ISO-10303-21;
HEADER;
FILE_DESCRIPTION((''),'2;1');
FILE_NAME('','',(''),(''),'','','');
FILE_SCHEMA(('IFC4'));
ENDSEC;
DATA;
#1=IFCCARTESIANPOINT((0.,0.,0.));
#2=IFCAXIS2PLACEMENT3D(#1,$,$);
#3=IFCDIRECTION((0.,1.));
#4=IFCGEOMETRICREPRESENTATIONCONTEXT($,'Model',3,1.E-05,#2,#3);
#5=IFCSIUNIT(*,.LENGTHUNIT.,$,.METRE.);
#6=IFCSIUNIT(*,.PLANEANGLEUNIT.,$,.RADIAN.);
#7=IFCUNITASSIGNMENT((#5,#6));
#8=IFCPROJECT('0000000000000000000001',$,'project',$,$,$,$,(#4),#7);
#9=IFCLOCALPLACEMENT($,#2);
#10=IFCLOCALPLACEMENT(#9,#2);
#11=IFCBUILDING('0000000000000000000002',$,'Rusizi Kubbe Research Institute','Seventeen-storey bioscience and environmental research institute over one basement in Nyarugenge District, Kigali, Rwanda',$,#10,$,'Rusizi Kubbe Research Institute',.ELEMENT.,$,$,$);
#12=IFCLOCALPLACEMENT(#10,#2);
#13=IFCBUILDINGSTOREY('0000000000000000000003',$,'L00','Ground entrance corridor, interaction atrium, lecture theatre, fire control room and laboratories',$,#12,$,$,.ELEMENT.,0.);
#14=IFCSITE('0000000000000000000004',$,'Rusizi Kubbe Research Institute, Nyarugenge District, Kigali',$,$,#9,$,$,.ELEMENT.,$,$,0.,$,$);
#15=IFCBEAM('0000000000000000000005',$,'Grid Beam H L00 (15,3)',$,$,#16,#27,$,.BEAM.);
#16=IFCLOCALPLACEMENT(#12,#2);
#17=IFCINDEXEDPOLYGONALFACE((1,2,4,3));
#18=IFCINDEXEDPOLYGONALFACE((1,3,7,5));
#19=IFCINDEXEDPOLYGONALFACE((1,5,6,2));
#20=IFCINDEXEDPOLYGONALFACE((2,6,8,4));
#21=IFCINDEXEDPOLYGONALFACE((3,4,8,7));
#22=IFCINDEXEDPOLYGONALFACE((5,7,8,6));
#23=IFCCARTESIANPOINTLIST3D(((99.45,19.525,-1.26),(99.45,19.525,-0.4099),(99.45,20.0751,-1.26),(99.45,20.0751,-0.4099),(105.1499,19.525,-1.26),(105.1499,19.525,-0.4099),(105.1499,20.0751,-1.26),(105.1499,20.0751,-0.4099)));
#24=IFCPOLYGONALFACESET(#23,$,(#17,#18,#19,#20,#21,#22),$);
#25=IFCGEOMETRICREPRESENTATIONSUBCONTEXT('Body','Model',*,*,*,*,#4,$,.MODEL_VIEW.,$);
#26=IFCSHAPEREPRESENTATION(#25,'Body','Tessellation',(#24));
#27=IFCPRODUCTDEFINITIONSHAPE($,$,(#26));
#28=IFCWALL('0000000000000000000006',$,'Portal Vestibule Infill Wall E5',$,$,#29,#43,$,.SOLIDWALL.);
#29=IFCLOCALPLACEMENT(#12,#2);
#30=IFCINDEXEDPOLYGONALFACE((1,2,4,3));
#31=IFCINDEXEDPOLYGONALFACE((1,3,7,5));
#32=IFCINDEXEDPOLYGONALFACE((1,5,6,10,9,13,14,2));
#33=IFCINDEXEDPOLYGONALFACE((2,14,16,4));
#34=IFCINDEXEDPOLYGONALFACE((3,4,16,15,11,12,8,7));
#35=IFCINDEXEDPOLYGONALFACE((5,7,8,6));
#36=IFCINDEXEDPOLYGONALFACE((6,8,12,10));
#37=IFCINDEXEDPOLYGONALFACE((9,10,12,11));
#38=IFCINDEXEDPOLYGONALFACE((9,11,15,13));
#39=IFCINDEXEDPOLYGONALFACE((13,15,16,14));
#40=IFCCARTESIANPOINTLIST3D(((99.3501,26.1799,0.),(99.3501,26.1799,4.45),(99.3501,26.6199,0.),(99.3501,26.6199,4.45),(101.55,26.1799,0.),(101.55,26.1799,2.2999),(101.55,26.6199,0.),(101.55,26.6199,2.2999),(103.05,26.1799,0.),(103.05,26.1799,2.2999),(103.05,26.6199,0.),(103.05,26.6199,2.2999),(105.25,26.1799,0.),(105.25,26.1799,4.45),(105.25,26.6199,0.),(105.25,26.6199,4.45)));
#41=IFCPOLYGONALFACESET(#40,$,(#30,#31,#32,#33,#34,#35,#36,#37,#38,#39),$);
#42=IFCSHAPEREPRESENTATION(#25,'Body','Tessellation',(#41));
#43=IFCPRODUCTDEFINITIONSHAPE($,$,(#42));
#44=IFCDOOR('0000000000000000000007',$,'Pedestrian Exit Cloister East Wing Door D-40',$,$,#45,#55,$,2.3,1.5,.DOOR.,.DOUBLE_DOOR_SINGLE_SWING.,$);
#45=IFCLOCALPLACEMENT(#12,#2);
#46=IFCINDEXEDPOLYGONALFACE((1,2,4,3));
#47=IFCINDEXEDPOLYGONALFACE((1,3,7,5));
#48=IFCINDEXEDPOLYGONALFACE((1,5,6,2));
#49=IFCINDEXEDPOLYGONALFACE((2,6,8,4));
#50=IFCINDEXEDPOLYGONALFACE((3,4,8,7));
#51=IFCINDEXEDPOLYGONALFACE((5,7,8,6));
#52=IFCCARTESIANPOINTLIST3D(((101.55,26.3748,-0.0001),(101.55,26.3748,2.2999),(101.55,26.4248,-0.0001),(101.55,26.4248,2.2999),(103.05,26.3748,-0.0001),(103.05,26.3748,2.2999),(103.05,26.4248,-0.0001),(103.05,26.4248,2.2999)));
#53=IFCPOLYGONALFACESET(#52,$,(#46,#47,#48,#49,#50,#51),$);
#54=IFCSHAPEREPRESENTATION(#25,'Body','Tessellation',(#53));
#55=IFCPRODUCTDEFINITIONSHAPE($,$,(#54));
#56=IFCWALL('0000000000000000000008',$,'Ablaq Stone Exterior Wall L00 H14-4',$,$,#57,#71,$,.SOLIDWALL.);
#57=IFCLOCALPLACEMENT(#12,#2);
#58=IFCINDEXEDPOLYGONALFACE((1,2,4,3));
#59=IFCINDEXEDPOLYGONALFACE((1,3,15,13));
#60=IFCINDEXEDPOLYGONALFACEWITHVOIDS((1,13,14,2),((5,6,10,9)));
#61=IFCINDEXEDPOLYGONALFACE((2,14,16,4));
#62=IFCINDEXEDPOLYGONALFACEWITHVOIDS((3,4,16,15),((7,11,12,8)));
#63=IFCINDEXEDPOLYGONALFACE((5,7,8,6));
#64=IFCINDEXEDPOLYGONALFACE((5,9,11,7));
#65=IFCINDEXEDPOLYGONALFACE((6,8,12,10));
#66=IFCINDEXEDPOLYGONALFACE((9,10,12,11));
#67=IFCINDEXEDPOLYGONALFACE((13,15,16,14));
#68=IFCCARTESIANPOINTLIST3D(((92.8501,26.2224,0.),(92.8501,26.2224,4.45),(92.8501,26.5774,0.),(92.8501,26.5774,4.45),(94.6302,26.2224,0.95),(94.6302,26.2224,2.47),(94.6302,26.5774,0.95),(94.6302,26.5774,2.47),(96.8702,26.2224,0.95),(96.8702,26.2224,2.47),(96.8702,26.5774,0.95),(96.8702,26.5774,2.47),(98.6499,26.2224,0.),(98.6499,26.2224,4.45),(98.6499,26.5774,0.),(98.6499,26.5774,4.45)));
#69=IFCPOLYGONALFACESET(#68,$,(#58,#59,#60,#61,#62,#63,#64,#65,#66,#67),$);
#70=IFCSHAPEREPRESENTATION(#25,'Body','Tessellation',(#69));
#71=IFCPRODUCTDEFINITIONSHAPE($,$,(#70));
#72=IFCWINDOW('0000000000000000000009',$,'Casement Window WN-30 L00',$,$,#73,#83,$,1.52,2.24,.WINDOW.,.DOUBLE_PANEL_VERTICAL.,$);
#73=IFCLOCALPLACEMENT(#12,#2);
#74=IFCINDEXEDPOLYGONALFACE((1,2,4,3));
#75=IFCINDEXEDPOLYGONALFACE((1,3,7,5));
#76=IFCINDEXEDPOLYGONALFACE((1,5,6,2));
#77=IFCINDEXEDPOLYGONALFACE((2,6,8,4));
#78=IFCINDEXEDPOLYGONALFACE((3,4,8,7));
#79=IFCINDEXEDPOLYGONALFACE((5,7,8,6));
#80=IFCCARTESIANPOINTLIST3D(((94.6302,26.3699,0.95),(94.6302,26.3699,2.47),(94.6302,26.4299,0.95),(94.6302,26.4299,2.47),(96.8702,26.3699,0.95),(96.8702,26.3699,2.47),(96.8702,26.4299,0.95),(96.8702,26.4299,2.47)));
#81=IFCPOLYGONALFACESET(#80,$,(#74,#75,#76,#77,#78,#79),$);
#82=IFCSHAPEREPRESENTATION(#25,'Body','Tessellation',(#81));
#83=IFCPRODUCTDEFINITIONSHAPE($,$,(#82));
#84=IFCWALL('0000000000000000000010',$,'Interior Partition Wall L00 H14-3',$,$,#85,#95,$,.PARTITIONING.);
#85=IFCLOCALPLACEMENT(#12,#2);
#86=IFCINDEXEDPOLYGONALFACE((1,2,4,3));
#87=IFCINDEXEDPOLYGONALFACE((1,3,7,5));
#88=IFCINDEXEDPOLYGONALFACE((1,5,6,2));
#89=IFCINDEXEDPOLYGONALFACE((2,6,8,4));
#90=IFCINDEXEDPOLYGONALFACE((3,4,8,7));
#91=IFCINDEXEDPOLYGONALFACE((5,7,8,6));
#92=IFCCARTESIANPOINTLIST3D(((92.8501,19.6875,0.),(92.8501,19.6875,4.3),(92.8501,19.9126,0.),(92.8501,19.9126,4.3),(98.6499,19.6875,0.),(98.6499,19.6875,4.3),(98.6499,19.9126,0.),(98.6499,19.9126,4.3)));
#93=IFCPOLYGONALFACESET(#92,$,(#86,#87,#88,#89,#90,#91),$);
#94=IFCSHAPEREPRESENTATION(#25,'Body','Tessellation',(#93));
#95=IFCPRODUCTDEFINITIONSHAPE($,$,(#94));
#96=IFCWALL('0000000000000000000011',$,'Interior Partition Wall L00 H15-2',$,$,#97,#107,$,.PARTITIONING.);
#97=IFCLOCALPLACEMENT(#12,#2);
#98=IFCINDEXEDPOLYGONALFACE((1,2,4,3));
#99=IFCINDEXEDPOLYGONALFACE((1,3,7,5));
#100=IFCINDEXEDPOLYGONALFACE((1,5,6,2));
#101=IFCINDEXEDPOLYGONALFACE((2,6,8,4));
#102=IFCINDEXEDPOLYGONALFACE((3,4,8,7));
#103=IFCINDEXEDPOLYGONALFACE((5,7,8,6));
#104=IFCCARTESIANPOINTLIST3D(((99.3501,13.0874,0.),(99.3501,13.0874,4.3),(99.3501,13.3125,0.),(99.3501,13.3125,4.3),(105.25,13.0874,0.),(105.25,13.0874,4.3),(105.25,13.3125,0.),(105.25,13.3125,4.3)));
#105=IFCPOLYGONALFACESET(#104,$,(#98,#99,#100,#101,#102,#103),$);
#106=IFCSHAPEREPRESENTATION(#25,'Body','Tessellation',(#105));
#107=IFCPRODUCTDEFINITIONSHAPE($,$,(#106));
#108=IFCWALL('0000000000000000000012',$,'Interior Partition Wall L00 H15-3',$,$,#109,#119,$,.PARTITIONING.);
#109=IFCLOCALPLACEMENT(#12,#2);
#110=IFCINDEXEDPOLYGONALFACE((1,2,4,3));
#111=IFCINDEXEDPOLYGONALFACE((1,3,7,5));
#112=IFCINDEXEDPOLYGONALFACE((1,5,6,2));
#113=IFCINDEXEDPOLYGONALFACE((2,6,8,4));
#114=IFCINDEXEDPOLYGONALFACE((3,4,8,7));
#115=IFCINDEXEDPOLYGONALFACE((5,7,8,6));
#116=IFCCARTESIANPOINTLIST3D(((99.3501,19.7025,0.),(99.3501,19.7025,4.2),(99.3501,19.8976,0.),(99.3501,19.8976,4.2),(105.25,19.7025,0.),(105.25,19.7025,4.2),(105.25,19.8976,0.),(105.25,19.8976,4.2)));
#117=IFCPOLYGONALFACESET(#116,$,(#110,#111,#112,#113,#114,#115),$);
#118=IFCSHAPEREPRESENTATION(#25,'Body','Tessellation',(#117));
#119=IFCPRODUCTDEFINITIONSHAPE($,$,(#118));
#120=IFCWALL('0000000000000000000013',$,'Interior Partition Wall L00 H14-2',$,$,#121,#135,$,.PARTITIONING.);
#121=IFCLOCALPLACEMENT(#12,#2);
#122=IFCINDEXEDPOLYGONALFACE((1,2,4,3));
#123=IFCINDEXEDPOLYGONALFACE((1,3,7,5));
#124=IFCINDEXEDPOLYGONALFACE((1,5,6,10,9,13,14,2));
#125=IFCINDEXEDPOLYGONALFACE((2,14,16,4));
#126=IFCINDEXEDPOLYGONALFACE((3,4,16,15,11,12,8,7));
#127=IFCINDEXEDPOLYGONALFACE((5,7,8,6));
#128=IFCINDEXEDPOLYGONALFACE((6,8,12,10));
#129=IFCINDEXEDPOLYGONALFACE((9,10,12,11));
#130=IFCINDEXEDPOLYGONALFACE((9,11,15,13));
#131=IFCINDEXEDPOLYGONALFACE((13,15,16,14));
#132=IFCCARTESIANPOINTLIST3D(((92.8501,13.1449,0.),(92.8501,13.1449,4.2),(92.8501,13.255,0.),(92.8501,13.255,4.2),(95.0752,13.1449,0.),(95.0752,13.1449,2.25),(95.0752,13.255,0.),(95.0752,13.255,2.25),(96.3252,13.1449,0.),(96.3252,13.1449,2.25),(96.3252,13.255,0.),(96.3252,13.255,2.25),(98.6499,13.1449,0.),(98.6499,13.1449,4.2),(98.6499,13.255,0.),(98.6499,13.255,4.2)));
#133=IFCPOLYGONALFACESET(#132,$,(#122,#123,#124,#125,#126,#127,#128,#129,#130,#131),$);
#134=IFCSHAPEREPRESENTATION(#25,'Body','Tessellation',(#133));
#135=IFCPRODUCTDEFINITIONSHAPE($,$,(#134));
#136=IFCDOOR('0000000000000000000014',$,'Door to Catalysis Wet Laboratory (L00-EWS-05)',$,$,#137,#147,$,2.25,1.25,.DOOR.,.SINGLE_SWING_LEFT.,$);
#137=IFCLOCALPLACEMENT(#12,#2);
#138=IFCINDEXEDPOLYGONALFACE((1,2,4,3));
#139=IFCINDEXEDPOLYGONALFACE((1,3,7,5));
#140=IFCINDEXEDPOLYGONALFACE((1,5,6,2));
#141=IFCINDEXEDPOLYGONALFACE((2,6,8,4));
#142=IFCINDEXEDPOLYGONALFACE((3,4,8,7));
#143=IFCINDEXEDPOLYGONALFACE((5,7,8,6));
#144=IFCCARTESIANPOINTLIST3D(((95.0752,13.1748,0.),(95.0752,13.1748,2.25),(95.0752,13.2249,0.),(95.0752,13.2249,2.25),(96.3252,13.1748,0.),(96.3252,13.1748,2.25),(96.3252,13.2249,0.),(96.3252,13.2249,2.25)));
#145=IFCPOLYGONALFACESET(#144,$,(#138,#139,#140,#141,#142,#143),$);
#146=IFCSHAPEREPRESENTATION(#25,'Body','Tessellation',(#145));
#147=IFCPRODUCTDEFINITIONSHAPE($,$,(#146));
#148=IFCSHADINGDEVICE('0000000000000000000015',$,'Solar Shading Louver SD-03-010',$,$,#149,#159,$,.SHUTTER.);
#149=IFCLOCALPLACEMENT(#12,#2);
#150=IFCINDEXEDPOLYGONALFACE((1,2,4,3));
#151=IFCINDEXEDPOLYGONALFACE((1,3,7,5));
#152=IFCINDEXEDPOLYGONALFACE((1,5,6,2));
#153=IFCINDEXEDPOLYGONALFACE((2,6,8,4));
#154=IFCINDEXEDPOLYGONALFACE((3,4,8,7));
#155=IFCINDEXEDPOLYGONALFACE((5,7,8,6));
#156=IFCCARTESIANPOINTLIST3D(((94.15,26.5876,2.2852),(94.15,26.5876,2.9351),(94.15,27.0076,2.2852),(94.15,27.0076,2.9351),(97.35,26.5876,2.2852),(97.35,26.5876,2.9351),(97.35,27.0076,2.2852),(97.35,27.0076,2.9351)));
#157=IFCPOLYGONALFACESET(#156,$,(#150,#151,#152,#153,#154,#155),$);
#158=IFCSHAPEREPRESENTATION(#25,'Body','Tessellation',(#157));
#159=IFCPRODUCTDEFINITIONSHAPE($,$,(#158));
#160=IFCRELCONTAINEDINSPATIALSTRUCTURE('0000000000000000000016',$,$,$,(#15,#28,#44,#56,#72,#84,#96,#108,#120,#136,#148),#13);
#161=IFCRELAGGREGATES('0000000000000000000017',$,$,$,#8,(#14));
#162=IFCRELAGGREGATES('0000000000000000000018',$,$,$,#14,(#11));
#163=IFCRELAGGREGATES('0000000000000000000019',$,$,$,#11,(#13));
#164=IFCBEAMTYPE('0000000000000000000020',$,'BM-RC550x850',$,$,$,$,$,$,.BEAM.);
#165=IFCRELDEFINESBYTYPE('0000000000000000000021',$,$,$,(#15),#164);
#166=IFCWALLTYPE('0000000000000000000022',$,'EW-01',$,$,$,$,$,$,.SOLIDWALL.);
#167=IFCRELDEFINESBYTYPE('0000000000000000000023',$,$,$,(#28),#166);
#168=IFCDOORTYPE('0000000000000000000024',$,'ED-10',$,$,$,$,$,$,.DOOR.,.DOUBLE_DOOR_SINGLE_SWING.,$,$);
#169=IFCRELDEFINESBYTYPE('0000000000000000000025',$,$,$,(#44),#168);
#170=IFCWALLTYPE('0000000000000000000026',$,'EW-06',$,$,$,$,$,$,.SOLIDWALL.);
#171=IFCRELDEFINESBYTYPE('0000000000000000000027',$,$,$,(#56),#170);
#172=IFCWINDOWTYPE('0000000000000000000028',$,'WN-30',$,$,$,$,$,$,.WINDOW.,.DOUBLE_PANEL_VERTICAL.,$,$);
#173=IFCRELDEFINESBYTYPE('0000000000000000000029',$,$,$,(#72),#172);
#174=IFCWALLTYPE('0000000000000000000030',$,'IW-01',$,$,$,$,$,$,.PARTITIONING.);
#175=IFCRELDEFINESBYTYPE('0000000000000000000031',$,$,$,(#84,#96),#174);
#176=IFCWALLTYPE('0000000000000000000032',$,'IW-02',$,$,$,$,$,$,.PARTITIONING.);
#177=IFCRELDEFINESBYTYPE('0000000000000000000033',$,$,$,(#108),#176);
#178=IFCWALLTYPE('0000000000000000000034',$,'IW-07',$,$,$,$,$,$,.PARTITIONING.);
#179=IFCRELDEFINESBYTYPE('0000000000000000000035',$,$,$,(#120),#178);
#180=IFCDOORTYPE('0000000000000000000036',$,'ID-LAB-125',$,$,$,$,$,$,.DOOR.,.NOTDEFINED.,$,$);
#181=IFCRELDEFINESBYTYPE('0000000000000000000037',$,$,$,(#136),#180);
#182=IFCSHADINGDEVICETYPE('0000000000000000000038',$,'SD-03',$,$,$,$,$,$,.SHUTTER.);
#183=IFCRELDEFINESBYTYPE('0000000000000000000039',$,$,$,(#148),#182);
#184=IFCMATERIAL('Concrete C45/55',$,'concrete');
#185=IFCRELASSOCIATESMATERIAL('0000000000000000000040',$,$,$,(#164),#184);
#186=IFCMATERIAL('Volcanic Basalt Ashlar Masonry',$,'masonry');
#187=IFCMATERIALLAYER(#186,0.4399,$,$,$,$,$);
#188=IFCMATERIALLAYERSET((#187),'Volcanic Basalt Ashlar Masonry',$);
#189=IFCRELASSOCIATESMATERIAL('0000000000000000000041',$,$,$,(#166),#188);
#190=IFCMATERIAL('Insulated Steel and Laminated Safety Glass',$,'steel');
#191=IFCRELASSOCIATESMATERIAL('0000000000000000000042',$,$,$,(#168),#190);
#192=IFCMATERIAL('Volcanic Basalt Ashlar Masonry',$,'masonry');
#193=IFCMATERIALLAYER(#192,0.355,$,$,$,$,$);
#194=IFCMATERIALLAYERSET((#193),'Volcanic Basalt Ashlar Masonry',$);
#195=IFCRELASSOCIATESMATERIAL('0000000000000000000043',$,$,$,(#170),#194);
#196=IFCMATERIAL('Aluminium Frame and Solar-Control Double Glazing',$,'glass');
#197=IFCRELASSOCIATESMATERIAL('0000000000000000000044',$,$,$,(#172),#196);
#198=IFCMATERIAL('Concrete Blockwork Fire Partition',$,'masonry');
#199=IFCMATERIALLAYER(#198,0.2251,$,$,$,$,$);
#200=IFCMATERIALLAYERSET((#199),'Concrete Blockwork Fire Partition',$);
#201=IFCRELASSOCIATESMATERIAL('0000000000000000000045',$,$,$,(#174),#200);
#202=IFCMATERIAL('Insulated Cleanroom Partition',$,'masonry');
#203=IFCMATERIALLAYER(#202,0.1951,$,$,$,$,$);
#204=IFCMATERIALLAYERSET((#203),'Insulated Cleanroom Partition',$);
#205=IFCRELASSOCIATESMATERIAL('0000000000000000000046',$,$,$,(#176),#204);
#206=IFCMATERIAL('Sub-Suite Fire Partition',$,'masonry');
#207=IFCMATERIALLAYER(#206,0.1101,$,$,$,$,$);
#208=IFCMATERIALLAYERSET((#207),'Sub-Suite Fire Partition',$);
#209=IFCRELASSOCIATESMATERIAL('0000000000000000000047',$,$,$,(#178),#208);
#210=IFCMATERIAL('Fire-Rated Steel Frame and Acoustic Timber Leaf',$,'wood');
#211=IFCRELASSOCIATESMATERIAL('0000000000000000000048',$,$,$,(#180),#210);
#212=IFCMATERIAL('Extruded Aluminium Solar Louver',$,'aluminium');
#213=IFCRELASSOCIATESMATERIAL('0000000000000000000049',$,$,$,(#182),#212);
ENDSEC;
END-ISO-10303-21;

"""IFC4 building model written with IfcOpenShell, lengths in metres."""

from ifc_helpers import new_model, si_unit, direction, frame, frame_2d, origin, origin_2d, place, context, subcontext, project, spatial, rectangle, extrude, material, layer, layer_set, material_profile, profile_set, type_object, element, fill, save


model = new_model("IFC4")

# Units and contexts
model_context = context("Model", 3, precision=1e-05, world=origin(), true_north=direction((0.0, 1.0)))
body_context = subcontext(model_context, "Body", "Model", "MODEL_VIEW")
ifc_project = project(units=[si_unit("LENGTHUNIT", "METRE"), si_unit("PLANEANGLEUNIT", "RADIAN")], contexts=[model_context])

# Site, building, storey
site_placement = place(None, origin())
site = spatial("IfcSite", under=ifc_project, at=site_placement, Name="Rusizi Kubbe Research Institute, Nyarugenge District, Kigali", CompositionType="ELEMENT", RefElevation=0.0)
building_placement = place(site_placement, origin())
building = spatial("IfcBuilding", under=site, at=building_placement, Name="Rusizi Kubbe Research Institute", Description="Seventeen-storey bioscience and environmental research institute over one basement in Nyarugenge District, Kigali, Rwanda", LongName="Rusizi Kubbe Research Institute", CompositionType="ELEMENT")
storey_placement = place(building_placement, origin())
storey = spatial("IfcBuildingStorey", under=building, at=storey_placement, Name="L00", Description="Ground entrance corridor, interaction atrium, lecture theatre, fire control room and laboratories", CompositionType="ELEMENT", Elevation=0.0)

# Beam
ifc_material_1 = material(Name="Concrete C45/55", Category="concrete")
ifc_material_profile_1 = material_profile(ifc_material_1, rectangle(XDim=0.55, YDim=0.8501, at=origin_2d()), Name="RC550x850")
ifc_profile_set_1 = profile_set([ifc_material_profile_1], Name="Concrete C45/55")
beam_type_1 = type_object("IfcBeamType", Name="BM-RC550x850", PredefinedType="BEAM", material=ifc_profile_set_1)
beam_1_placement = place(storey_placement, frame((99.45, 19.8, -0.835), z_axis=(1.0, 0.0, 0.0), x_axis=(0.0, 1.0, 0.0)))
element("IfcBeam", 1, at=beam_1_placement, inside=storey, type_object=beam_type_1, Name="Grid Beam H L00 (15,3)", PredefinedType="BEAM", context=body_context, shape_type="SweptSolid", body=[
    extrude(rectangle(XDim=0.55, YDim=0.8501, at=origin_2d()), origin(), (0.0, 0.0, 1.0), 5.7),
])

# Wall, opening, door
ifc_material_2 = material(Name="Volcanic Basalt Ashlar Masonry", Category="masonry")
ifc_layer_1 = layer(ifc_material_2, 0.4399)
ifc_layer_set_1 = layer_set([ifc_layer_1], Name="Volcanic Basalt Ashlar Masonry")
wall_type_1 = type_object("IfcWallType", Name="EW-01", PredefinedType="SOLIDWALL", material=ifc_layer_set_1)
wall_1_placement = place(storey_placement, frame((99.3501, 26.3999, 0.0), z_axis=(0.0, 0.0, 1.0), x_axis=(1.0, 0.0, 0.0)))
wall_1 = element("IfcWall", 2, at=wall_1_placement, inside=storey, type_object=wall_type_1, Name="Portal Vestibule Infill Wall E5", PredefinedType="SOLIDWALL", context=body_context, shape_type="SweptSolid", body=[
    extrude(rectangle(XDim=5.8999, YDim=0.4399, at=frame_2d((2.95, 0.0))), origin(), (0.0, 0.0, 1.0), 4.45),
])
opening_1_placement = place(wall_1_placement, frame((2.2, 0.0, 0.0)))
opening_1 = element("IfcOpeningElement", 3, at=opening_1_placement, cuts=wall_1, PredefinedType="OPENING", context=body_context, shape_type="SweptSolid", body=[
    extrude(rectangle(XDim=1.5, YDim=2.3, at=frame_2d((0.75, 1.1499))), frame((0.0, 0.23, 0.0), z_axis=(0.0, -1.0, 0.0), x_axis=(1.0, 0.0, 0.0)), (0.0, 0.0, 1.0), 0.46),
])
ifc_material_3 = material(Name="Insulated Steel and Laminated Safety Glass", Category="steel")
door_type_1 = type_object("IfcDoorType", Name="ED-10", OperationType="DOUBLE_DOOR_SINGLE_SWING", PredefinedType="DOOR", material=ifc_material_3)
door_1_placement = place(opening_1_placement, origin())
door_1 = element("IfcDoor", 4, at=door_1_placement, inside=storey, type_object=door_type_1, Name="Pedestrian Exit Cloister East Wing Door D-40", OperationType="DOUBLE_DOOR_SINGLE_SWING", OverallHeight=2.3, OverallWidth=1.5, PredefinedType="DOOR", context=body_context, shape_type="SweptSolid", body=[
    extrude(rectangle(XDim=1.5, YDim=2.3, at=frame_2d((0.75, 1.1499))), frame((0.0, 0.0249, 0.0), z_axis=(0.0, -1.0, 0.0), x_axis=(1.0, 0.0, 0.0)), (0.0, 0.0, 1.0), 0.05),
])
fill(opening_1, door_1)

# Wall, opening, window
ifc_material_4 = material(Name="Volcanic Basalt Ashlar Masonry", Category="masonry")
ifc_layer_2 = layer(ifc_material_4, 0.355)
ifc_layer_set_2 = layer_set([ifc_layer_2], Name="Volcanic Basalt Ashlar Masonry")
wall_type_2 = type_object("IfcWallType", Name="EW-06", PredefinedType="SOLIDWALL", material=ifc_layer_set_2)
wall_2_placement = place(storey_placement, frame((92.8501, 26.3999, 0.0), z_axis=(0.0, 0.0, 1.0), x_axis=(1.0, 0.0, 0.0)))
wall_2 = element("IfcWall", 5, at=wall_2_placement, inside=storey, type_object=wall_type_2, Name="Ablaq Stone Exterior Wall L00 H14-4", PredefinedType="SOLIDWALL", context=body_context, shape_type="SweptSolid", body=[
    extrude(rectangle(XDim=5.7998, YDim=0.355, at=frame_2d((2.8999, 0.0))), origin(), (0.0, 0.0, 1.0), 4.45),
])
opening_2_placement = place(wall_2_placement, frame((1.78, 0.0, 0.95)))
opening_2 = element("IfcOpeningElement", 6, at=opening_2_placement, cuts=wall_2, PredefinedType="OPENING", context=body_context, shape_type="SweptSolid", body=[
    extrude(rectangle(XDim=2.24, YDim=1.52, at=frame_2d((1.1201, 0.76))), frame((0.0, 0.1875, 0.0), z_axis=(0.0, -1.0, 0.0), x_axis=(1.0, 0.0, 0.0)), (0.0, 0.0, 1.0), 0.375),
])
ifc_material_5 = material(Name="Aluminium Frame and Solar-Control Double Glazing", Category="glass")
window_type = type_object("IfcWindowType", Name="WN-30", PartitioningType="DOUBLE_PANEL_VERTICAL", PredefinedType="WINDOW", material=ifc_material_5)
window_placement = place(opening_2_placement, origin())
window = element("IfcWindow", 7, at=window_placement, inside=storey, type_object=window_type, Name="Casement Window WN-30 L00", OverallHeight=1.52, OverallWidth=2.24, PartitioningType="DOUBLE_PANEL_VERTICAL", PredefinedType="WINDOW", context=body_context, shape_type="SweptSolid", body=[
    extrude(rectangle(XDim=2.24, YDim=1.52, at=frame_2d((1.1201, 0.76))), frame((0.0, 0.03, 0.0), z_axis=(0.0, -1.0, 0.0), x_axis=(1.0, 0.0, 0.0)), (0.0, 0.0, 1.0), 0.0601),
])
fill(opening_2, window)

# Walls
ifc_material_6 = material(Name="Concrete Blockwork Fire Partition", Category="masonry")
ifc_layer_3 = layer(ifc_material_6, 0.2251)
ifc_layer_set_3 = layer_set([ifc_layer_3], Name="Concrete Blockwork Fire Partition")
wall_type_3 = type_object("IfcWallType", Name="IW-01", PredefinedType="PARTITIONING", material=ifc_layer_set_3)
wall_3_placement = place(storey_placement, frame((92.8501, 19.8, 0.0), z_axis=(0.0, 0.0, 1.0), x_axis=(1.0, 0.0, 0.0)))
element("IfcWall", 8, at=wall_3_placement, inside=storey, type_object=wall_type_3, Name="Interior Partition Wall L00 H14-3", PredefinedType="PARTITIONING", context=body_context, shape_type="SweptSolid", body=[
    extrude(rectangle(XDim=5.7998, YDim=0.2251, at=frame_2d((2.8999, 0.0))), origin(), (0.0, 0.0, 1.0), 4.3),
])
wall_4_placement = place(storey_placement, frame((99.3501, 13.2, 0.0), z_axis=(0.0, 0.0, 1.0), x_axis=(1.0, 0.0, 0.0)))
element("IfcWall", 9, at=wall_4_placement, inside=storey, type_object=wall_type_3, Name="Interior Partition Wall L00 H15-2", PredefinedType="PARTITIONING", context=body_context, shape_type="SweptSolid", body=[
    extrude(rectangle(XDim=5.8999, YDim=0.2251, at=frame_2d((2.95, 0.0))), origin(), (0.0, 0.0, 1.0), 4.3),
])
ifc_material_7 = material(Name="Insulated Cleanroom Partition", Category="masonry")
ifc_layer_4 = layer(ifc_material_7, 0.1951)
ifc_layer_set_4 = layer_set([ifc_layer_4], Name="Insulated Cleanroom Partition")
wall_type_4 = type_object("IfcWallType", Name="IW-02", PredefinedType="PARTITIONING", material=ifc_layer_set_4)
wall_5_placement = place(storey_placement, frame((99.3501, 19.8, 0.0), z_axis=(0.0, 0.0, 1.0), x_axis=(1.0, 0.0, 0.0)))
element("IfcWall", 10, at=wall_5_placement, inside=storey, type_object=wall_type_4, Name="Interior Partition Wall L00 H15-3", PredefinedType="PARTITIONING", context=body_context, shape_type="SweptSolid", body=[
    extrude(rectangle(XDim=5.8999, YDim=0.1951, at=frame_2d((2.95, 0.0))), origin(), (0.0, 0.0, 1.0), 4.2),
])

# Wall, opening, door
ifc_material_8 = material(Name="Sub-Suite Fire Partition", Category="masonry")
ifc_layer_5 = layer(ifc_material_8, 0.1101)
ifc_layer_set_5 = layer_set([ifc_layer_5], Name="Sub-Suite Fire Partition")
wall_type_5 = type_object("IfcWallType", Name="IW-07", PredefinedType="PARTITIONING", material=ifc_layer_set_5)
wall_6_placement = place(storey_placement, frame((92.8501, 13.2, 0.0), z_axis=(0.0, 0.0, 1.0), x_axis=(1.0, 0.0, 0.0)))
wall_6 = element("IfcWall", 11, at=wall_6_placement, inside=storey, type_object=wall_type_5, Name="Interior Partition Wall L00 H14-2", PredefinedType="PARTITIONING", context=body_context, shape_type="SweptSolid", body=[
    extrude(rectangle(XDim=5.7998, YDim=0.1101, at=frame_2d((2.8999, 0.0))), origin(), (0.0, 0.0, 1.0), 4.2),
])
opening_3_placement = place(wall_6_placement, frame((2.2251, 0.0, 0.0)))
opening_3 = element("IfcOpeningElement", 12, at=opening_3_placement, cuts=wall_6, PredefinedType="OPENING", context=body_context, shape_type="SweptSolid", body=[
    extrude(rectangle(XDim=1.25, YDim=2.25, at=frame_2d((0.625, 1.125))), frame((0.0, 0.0649, 0.0), z_axis=(0.0, -1.0, 0.0), x_axis=(1.0, 0.0, 0.0)), (0.0, 0.0, 1.0), 0.1301),
])
ifc_material_9 = material(Name="Fire-Rated Steel Frame and Acoustic Timber Leaf", Category="wood")
door_type_2 = type_object("IfcDoorType", Name="ID-LAB-125", OperationType="NOTDEFINED", PredefinedType="DOOR", material=ifc_material_9)
door_2_placement = place(opening_3_placement, origin())
door_2 = element("IfcDoor", 13, at=door_2_placement, inside=storey, type_object=door_type_2, Name="Door to Catalysis Wet Laboratory (L00-EWS-05)", OperationType="SINGLE_SWING_LEFT", OverallHeight=2.25, OverallWidth=1.25, PredefinedType="DOOR", context=body_context, shape_type="SweptSolid", body=[
    extrude(rectangle(XDim=1.25, YDim=2.25, at=frame_2d((0.625, 1.125))), frame((0.0, 0.0249, 0.0), z_axis=(0.0, -1.0, 0.0), x_axis=(1.0, 0.0, 0.0)), (0.0, 0.0, 1.0), 0.05),
])
fill(opening_3, door_2)

# Shading device
ifc_material_10 = material(Name="Extruded Aluminium Solar Louver", Category="aluminium")
shading_device_type = type_object("IfcShadingDeviceType", Name="SD-03", PredefinedType="SHUTTER", material=ifc_material_10)
shading_device_placement = place(storey_placement, frame((95.75, 26.7976, 2.2852), z_axis=(0.0, 0.0, 1.0), x_axis=(1.0, 0.0, 0.0)))
element("IfcShadingDevice", 14, at=shading_device_placement, inside=storey, type_object=shading_device_type, Name="Solar Shading Louver SD-03-010", PredefinedType="SHUTTER", context=body_context, shape_type="SweptSolid", body=[
    extrude(rectangle(XDim=3.2, YDim=0.4199, at=origin_2d()), origin(), (0.0, 0.0, 1.0), 0.6499),
])

save(model, "model.ifc")
